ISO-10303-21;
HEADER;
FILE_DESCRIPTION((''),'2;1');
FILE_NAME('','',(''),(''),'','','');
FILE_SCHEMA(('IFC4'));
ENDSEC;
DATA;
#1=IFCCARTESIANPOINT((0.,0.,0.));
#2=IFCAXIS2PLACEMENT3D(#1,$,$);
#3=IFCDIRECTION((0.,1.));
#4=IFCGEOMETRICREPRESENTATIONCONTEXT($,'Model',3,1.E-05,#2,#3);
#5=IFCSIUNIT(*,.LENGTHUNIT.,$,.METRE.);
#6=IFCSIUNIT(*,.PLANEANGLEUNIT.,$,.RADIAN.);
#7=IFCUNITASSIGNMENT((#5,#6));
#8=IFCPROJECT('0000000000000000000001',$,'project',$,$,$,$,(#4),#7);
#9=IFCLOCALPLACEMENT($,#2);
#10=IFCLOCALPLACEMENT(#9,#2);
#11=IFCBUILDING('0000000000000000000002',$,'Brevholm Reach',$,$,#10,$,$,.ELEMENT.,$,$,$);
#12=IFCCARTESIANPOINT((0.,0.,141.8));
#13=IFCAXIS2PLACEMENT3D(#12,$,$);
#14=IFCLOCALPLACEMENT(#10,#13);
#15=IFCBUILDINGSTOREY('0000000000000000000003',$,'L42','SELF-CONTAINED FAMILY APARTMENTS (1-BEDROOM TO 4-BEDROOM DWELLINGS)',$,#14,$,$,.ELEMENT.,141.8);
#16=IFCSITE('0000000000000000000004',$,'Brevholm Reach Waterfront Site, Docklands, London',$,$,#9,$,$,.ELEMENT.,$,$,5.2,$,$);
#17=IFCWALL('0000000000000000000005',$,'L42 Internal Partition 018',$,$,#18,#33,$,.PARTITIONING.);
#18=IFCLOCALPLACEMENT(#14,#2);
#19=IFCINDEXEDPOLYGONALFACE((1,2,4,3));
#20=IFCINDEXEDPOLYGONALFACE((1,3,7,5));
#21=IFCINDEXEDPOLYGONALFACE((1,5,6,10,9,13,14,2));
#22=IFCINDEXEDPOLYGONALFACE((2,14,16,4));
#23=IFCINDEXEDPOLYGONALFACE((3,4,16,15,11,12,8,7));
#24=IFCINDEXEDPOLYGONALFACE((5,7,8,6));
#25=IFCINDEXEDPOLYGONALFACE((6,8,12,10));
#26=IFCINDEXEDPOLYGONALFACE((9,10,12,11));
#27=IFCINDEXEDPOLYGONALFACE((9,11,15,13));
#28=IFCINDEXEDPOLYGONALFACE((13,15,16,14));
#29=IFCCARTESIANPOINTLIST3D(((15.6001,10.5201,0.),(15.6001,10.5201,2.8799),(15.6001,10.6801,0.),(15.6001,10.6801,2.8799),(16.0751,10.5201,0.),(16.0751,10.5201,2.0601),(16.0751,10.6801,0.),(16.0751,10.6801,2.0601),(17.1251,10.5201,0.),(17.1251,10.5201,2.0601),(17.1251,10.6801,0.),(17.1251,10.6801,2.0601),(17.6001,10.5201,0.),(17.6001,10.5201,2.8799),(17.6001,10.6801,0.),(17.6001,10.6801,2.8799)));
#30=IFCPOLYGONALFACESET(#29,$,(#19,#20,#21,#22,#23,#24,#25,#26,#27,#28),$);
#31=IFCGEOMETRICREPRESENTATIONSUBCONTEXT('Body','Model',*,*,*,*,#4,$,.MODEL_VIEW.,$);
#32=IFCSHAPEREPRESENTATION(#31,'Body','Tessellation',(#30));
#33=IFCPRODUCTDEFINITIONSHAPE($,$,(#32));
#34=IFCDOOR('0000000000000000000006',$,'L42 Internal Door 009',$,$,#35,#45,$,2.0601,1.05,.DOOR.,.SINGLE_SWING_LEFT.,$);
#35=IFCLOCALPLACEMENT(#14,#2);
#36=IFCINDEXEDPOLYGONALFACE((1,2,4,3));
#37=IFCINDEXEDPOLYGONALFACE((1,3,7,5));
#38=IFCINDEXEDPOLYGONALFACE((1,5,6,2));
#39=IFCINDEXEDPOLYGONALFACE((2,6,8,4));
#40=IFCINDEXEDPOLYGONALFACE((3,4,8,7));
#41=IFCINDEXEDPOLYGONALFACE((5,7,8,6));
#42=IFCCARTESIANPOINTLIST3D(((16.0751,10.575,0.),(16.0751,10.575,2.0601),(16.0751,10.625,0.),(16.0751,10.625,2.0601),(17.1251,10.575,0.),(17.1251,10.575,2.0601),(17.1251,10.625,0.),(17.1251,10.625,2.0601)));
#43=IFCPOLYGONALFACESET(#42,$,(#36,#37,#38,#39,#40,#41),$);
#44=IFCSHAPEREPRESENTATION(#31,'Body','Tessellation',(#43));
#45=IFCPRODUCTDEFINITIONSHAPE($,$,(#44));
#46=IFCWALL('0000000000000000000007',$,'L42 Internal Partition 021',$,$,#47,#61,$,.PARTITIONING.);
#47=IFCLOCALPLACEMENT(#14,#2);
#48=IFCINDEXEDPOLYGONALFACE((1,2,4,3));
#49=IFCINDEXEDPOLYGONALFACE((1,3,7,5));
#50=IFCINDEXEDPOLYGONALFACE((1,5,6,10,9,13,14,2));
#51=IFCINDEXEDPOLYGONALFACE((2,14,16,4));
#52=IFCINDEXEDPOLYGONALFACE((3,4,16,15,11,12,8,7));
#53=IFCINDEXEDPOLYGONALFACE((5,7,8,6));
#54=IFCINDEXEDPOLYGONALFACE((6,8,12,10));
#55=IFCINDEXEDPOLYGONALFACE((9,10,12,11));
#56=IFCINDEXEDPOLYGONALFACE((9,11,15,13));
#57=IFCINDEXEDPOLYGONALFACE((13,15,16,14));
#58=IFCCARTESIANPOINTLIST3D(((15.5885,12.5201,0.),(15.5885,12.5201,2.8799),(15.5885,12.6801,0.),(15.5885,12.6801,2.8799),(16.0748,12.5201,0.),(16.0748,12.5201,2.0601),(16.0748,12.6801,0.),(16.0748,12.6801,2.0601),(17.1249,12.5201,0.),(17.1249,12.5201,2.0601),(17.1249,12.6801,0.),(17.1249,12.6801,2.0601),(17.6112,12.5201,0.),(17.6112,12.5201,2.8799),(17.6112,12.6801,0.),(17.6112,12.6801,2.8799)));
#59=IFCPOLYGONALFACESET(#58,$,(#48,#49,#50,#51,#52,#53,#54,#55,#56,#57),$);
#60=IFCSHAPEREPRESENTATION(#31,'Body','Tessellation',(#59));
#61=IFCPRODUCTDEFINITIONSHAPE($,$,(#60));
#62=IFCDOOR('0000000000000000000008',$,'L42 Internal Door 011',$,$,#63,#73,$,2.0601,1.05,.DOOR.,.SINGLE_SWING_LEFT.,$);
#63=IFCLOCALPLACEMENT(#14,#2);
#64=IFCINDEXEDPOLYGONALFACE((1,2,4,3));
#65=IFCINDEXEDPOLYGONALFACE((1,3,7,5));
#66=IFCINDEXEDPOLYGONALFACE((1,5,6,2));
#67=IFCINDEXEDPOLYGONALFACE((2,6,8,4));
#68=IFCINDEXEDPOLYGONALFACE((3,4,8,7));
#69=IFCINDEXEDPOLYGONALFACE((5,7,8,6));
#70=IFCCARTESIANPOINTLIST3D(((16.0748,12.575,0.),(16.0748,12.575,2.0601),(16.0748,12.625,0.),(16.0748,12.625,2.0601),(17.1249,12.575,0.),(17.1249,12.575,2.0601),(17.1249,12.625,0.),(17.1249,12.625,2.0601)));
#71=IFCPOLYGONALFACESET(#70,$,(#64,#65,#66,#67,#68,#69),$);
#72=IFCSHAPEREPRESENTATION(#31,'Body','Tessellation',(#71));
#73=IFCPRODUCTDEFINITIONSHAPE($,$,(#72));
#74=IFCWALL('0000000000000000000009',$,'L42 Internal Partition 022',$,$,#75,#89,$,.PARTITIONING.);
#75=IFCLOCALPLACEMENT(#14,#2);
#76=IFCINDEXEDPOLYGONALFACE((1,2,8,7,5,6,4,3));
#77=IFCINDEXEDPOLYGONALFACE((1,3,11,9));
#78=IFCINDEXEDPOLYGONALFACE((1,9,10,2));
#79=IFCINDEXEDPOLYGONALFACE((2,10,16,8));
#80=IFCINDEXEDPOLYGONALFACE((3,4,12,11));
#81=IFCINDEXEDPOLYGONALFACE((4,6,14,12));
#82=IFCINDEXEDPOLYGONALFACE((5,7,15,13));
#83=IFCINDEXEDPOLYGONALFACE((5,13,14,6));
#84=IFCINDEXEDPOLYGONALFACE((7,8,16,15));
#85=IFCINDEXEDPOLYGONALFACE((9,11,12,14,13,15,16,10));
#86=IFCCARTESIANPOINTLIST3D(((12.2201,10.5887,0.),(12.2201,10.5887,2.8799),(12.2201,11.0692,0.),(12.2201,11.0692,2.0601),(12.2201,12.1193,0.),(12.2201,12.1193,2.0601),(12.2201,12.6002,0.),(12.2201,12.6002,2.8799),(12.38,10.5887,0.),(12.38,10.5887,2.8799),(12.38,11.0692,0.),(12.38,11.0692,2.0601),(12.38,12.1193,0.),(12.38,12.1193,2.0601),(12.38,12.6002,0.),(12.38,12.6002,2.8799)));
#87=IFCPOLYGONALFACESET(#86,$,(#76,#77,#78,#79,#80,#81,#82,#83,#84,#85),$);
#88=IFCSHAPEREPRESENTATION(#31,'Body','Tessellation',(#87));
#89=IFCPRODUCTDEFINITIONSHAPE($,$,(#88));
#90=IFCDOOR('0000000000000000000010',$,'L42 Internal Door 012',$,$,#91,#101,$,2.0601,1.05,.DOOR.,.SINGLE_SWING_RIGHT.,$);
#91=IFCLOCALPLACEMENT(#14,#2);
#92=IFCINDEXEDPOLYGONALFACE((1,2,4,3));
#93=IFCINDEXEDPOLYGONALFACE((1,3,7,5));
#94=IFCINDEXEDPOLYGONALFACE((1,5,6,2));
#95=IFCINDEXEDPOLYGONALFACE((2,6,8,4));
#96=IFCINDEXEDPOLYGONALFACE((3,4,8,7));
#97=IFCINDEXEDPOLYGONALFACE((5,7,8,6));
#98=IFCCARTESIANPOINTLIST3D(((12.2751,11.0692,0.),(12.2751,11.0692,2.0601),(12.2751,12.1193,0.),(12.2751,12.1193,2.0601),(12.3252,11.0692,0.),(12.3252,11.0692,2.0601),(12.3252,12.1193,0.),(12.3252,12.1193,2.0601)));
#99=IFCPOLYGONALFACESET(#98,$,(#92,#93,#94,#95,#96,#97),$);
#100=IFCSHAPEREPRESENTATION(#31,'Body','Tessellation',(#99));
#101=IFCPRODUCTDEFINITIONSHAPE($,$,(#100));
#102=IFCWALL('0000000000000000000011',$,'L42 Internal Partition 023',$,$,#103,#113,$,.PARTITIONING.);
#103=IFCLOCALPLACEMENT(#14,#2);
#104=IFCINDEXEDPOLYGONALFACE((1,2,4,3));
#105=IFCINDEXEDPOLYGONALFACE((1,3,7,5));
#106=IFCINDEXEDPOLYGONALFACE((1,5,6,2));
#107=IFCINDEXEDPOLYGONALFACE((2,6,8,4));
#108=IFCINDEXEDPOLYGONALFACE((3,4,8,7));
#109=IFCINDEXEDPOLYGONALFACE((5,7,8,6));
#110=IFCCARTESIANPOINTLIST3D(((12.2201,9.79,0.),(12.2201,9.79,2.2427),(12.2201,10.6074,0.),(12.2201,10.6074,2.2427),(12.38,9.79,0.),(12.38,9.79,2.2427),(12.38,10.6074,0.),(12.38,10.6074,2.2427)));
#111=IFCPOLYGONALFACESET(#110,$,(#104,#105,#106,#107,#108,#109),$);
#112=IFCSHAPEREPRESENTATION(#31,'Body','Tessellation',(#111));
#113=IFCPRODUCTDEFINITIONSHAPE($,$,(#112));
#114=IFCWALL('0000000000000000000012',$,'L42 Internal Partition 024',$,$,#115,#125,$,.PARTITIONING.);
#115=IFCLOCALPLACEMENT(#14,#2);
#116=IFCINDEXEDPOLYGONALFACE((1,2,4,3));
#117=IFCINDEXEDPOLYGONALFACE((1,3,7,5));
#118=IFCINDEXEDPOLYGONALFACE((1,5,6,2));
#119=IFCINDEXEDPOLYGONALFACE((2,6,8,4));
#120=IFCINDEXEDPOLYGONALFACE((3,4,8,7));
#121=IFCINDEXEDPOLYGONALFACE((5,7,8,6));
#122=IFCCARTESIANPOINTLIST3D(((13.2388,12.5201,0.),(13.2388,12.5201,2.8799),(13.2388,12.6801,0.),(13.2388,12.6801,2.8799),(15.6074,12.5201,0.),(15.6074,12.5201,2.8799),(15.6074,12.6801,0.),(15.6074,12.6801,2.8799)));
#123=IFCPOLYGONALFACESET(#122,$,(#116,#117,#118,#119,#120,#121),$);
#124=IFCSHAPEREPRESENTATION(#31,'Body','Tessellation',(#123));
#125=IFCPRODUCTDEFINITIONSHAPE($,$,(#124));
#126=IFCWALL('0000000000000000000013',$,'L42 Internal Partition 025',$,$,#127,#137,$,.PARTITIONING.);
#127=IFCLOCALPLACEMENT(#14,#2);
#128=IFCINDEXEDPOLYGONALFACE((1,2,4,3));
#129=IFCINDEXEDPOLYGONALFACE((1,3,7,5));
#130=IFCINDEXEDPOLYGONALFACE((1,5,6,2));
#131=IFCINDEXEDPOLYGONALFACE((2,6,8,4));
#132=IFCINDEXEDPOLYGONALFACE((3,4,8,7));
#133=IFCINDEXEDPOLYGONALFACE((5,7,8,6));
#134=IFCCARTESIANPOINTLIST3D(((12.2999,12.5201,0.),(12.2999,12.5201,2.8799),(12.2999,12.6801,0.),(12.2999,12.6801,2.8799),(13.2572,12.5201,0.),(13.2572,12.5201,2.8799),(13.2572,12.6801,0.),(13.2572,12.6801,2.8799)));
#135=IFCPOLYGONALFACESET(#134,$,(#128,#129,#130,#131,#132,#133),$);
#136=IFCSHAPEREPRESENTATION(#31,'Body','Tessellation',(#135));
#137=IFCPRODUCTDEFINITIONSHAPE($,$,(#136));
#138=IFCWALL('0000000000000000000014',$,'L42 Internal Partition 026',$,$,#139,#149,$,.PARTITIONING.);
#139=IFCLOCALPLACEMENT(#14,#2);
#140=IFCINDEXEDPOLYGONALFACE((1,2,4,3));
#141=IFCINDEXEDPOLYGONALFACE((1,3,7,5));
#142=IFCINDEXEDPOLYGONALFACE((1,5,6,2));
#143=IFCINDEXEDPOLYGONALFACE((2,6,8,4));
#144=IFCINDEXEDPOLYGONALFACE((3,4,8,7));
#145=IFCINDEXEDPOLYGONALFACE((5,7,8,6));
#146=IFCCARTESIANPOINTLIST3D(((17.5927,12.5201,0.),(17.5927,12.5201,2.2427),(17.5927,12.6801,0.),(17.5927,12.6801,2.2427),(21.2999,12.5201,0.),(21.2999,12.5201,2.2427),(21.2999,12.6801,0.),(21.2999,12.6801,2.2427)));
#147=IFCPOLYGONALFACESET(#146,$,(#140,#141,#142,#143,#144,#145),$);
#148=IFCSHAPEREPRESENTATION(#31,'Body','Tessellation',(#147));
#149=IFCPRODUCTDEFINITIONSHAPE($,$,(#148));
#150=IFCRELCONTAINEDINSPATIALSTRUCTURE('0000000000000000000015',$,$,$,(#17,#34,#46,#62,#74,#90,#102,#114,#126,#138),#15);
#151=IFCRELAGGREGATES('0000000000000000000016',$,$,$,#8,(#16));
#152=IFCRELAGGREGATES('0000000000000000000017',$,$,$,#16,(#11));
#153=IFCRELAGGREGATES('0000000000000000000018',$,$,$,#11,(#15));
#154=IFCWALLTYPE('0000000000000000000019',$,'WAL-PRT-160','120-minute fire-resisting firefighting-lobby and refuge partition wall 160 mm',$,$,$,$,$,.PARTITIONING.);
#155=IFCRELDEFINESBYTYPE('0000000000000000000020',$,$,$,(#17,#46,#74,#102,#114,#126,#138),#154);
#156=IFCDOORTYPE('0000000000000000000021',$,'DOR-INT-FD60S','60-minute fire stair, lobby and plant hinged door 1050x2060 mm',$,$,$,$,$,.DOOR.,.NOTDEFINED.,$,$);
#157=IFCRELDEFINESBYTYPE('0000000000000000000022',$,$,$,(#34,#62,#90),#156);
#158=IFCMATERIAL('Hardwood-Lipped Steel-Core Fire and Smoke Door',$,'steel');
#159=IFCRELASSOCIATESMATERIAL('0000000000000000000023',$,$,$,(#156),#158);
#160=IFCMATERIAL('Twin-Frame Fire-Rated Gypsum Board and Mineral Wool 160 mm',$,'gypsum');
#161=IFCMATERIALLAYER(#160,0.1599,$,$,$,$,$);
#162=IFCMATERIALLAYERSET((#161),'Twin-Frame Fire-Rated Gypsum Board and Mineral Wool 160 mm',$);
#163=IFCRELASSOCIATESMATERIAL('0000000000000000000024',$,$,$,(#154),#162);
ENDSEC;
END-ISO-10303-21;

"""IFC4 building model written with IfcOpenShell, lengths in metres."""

from ifc_helpers import new_model, si_unit, direction, frame, frame_2d, origin, place, context, subcontext, project, spatial, rectangle, extrude, material, layer, layer_set, type_object, element, fill, save


model = new_model("IFC4")

# Units and contexts
model_context = context("Model", 3, precision=1e-05, world=origin(), true_north=direction((0.0, 1.0)))
body_context = subcontext(model_context, "Body", "Model", "MODEL_VIEW")
ifc_project = project(units=[si_unit("LENGTHUNIT", "METRE"), si_unit("PLANEANGLEUNIT", "RADIAN")], contexts=[model_context])

# Site, building, storey
site_placement = place(None, origin())
site = spatial("IfcSite", under=ifc_project, at=site_placement, Name="Brevholm Reach Waterfront Site, Docklands, London", CompositionType="ELEMENT", RefElevation=5.2)
building_placement = place(site_placement, origin())
building = spatial("IfcBuilding", under=site, at=building_placement, Name="Brevholm Reach", CompositionType="ELEMENT")
storey_placement = place(building_placement, frame((0.0, 0.0, 141.8)))
storey = spatial("IfcBuildingStorey", under=building, at=storey_placement, Name="L42", Description="SELF-CONTAINED FAMILY APARTMENTS (1-BEDROOM TO 4-BEDROOM DWELLINGS)", CompositionType="ELEMENT", Elevation=141.8)

# Shared definitions
ifc_material_1 = material(Name="Hardwood-Lipped Steel-Core Fire and Smoke Door", Category="steel")
door_type_1 = type_object("IfcDoorType", Name="DOR-INT-FD60S", Description="60-minute fire stair, lobby and plant hinged door 1050x2060 mm", OperationType="NOTDEFINED", PredefinedType="DOOR", material=ifc_material_1)

# Shared definitions
ifc_material_2 = material(Name="Twin-Frame Fire-Rated Gypsum Board and Mineral Wool 160 mm", Category="gypsum")
ifc_layer_1 = layer(ifc_material_2, 0.1599)
ifc_layer_set_1 = layer_set([ifc_layer_1], Name="Twin-Frame Fire-Rated Gypsum Board and Mineral Wool 160 mm")
wall_type_1 = type_object("IfcWallType", Name="WAL-PRT-160", Description="120-minute fire-resisting firefighting-lobby and refuge partition wall 160 mm", PredefinedType="PARTITIONING", material=ifc_layer_set_1)

# Walls, openings, doors
wall_1_placement = place(storey_placement, frame((15.6001, 10.6001, 0.0), z_axis=(0.0, 0.0, 1.0), x_axis=(1.0, 0.0, 0.0)))
wall_1 = element("IfcWall", 1, at=wall_1_placement, inside=storey, type_object=wall_type_1, Name="L42 Internal Partition 018", PredefinedType="PARTITIONING", context=body_context, shape_type="SweptSolid", body=[
    extrude(rectangle(XDim=2.0, YDim=0.1599, at=frame_2d((1.0, 0.0))), origin(), (0.0, 0.0, 1.0), 2.8799),
])
opening_1_placement = place(wall_1_placement, frame((0.4751, 0.0, 0.0)))
opening_1 = element("IfcOpeningElement", 2, at=opening_1_placement, cuts=wall_1, PredefinedType="OPENING", context=body_context, shape_type="SweptSolid", body=[
    extrude(rectangle(XDim=1.05, YDim=2.0601, at=frame_2d((0.5249, 1.03))), frame((0.0, 0.0898, 0.0), z_axis=(0.0, -1.0, 0.0), x_axis=(1.0, 0.0, 0.0)), (0.0, 0.0, 1.0), 0.1799),
])
door_1_placement = place(opening_1_placement, origin())
door_1 = element("IfcDoor", 3, at=door_1_placement, inside=storey, type_object=door_type_1, Name="L42 Internal Door 009", OperationType="SINGLE_SWING_LEFT", OverallHeight=2.0601, OverallWidth=1.05, PredefinedType="DOOR", context=body_context, shape_type="SweptSolid", body=[
    extrude(rectangle(XDim=1.05, YDim=2.0601, at=frame_2d((0.5249, 1.03))), frame((0.0, 0.0249, 0.0), z_axis=(0.0, -1.0, 0.0), x_axis=(1.0, 0.0, 0.0)), (0.0, 0.0, 1.0), 0.05),
])
fill(opening_1, door_1)
wall_2_placement = place(storey_placement, frame((15.5886, 12.6001, 0.0), z_axis=(0.0, 0.0, 1.0), x_axis=(1.0, 0.0, 0.0)))
wall_2 = element("IfcWall", 4, at=wall_2_placement, inside=storey, type_object=wall_type_1, Name="L42 Internal Partition 021", PredefinedType="PARTITIONING", context=body_context, shape_type="SweptSolid", body=[
    extrude(rectangle(XDim=2.0227, YDim=0.1599, at=frame_2d((1.0112, 0.0))), origin(), (0.0, 0.0, 1.0), 2.8799),
])
opening_2_placement = place(wall_2_placement, frame((0.4863, 0.0, 0.0)))
opening_2 = element("IfcOpeningElement", 5, at=opening_2_placement, cuts=wall_2, PredefinedType="OPENING", context=body_context, shape_type="SweptSolid", body=[
    extrude(rectangle(XDim=1.05, YDim=2.0601, at=frame_2d((0.5249, 1.03))), frame((0.0, 0.0898, 0.0), z_axis=(0.0, -1.0, 0.0), x_axis=(1.0, 0.0, 0.0)), (0.0, 0.0, 1.0), 0.1799),
])
door_2_placement = place(opening_2_placement, origin())
door_2 = element("IfcDoor", 6, at=door_2_placement, inside=storey, type_object=door_type_1, Name="L42 Internal Door 011", OperationType="SINGLE_SWING_LEFT", OverallHeight=2.0601, OverallWidth=1.05, PredefinedType="DOOR", context=body_context, shape_type="SweptSolid", body=[
    extrude(rectangle(XDim=1.05, YDim=2.0601, at=frame_2d((0.5249, 1.03))), frame((0.0, 0.0249, 0.0), z_axis=(0.0, -1.0, 0.0), x_axis=(1.0, 0.0, 0.0)), (0.0, 0.0, 1.0), 0.05),
])
fill(opening_2, door_2)
wall_3_placement = place(storey_placement, frame((12.3, 10.5886, 0.0), z_axis=(0.0, 0.0, 1.0), x_axis=(0.0, 1.0, 0.0)))
wall_3 = element("IfcWall", 7, at=wall_3_placement, inside=storey, type_object=wall_type_1, Name="L42 Internal Partition 022", PredefinedType="PARTITIONING", context=body_context, shape_type="SweptSolid", body=[
    extrude(rectangle(XDim=2.0115, YDim=0.1599, at=frame_2d((1.0059, 0.0))), origin(), (0.0, 0.0, 1.0), 2.8799),
])
opening_3_placement = place(wall_3_placement, frame((0.4807, 0.0, 0.0)))
opening_3 = element("IfcOpeningElement", 8, at=opening_3_placement, cuts=wall_3, PredefinedType="OPENING", context=body_context, shape_type="SweptSolid", body=[
    extrude(rectangle(XDim=1.05, YDim=2.0601, at=frame_2d((0.5249, 1.03))), frame((0.0, 0.0898, 0.0), z_axis=(0.0, -1.0, 0.0), x_axis=(1.0, 0.0, 0.0)), (0.0, 0.0, 1.0), 0.1799),
])
door_3_placement = place(opening_3_placement, origin())
door_3 = element("IfcDoor", 9, at=door_3_placement, inside=storey, type_object=door_type_1, Name="L42 Internal Door 012", OperationType="SINGLE_SWING_RIGHT", OverallHeight=2.0601, OverallWidth=1.05, PredefinedType="DOOR", context=body_context, shape_type="SweptSolid", body=[
    extrude(rectangle(XDim=1.05, YDim=2.0601, at=frame_2d((0.5249, 1.03))), frame((0.0, 0.0249, 0.0), z_axis=(0.0, -1.0, 0.0), x_axis=(1.0, 0.0, 0.0)), (0.0, 0.0, 1.0), 0.05),
])
fill(opening_3, door_3)

# Walls
wall_4_placement = place(storey_placement, frame((12.3, 9.79, 0.0), z_axis=(0.0, 0.0, 1.0), x_axis=(0.0, 1.0, 0.0)))
element("IfcWall", 10, at=wall_4_placement, inside=storey, type_object=wall_type_1, Name="L42 Internal Partition 023", PredefinedType="PARTITIONING", context=body_context, shape_type="SweptSolid", body=[
    extrude(rectangle(XDim=0.8174, YDim=0.1599, at=frame_2d((0.4087, 0.0))), origin(), (0.0, 0.0, 1.0), 2.2427),
])
wall_5_placement = place(storey_placement, frame((13.2388, 12.6001, 0.0), z_axis=(0.0, 0.0, 1.0), x_axis=(1.0, 0.0, 0.0)))
element("IfcWall", 11, at=wall_5_placement, inside=storey, type_object=wall_type_1, Name="L42 Internal Partition 024", PredefinedType="PARTITIONING", context=body_context, shape_type="SweptSolid", body=[
    extrude(rectangle(XDim=2.3687, YDim=0.1599, at=frame_2d((1.1843, 0.0))), origin(), (0.0, 0.0, 1.0), 2.8799),
])
wall_6_placement = place(storey_placement, frame((12.3, 12.6001, 0.0), z_axis=(0.0, 0.0, 1.0), x_axis=(1.0, 0.0, 0.0)))
element("IfcWall", 12, at=wall_6_placement, inside=storey, type_object=wall_type_1, Name="L42 Internal Partition 025", PredefinedType="PARTITIONING", context=body_context, shape_type="SweptSolid", body=[
    extrude(rectangle(XDim=0.9573, YDim=0.1599, at=frame_2d((0.4785, 0.0))), origin(), (0.0, 0.0, 1.0), 2.8799),
])
wall_7_placement = place(storey_placement, frame((17.5928, 12.6001, 0.0), z_axis=(0.0, 0.0, 1.0), x_axis=(1.0, 0.0, 0.0)))
element("IfcWall", 13, at=wall_7_placement, inside=storey, type_object=wall_type_1, Name="L42 Internal Partition 026", PredefinedType="PARTITIONING", context=body_context, shape_type="SweptSolid", body=[
    extrude(rectangle(XDim=3.7073, YDim=0.1599, at=frame_2d((1.8535, 0.0))), origin(), (0.0, 0.0, 1.0), 2.2427),
])

save(model, "model.ifc")
